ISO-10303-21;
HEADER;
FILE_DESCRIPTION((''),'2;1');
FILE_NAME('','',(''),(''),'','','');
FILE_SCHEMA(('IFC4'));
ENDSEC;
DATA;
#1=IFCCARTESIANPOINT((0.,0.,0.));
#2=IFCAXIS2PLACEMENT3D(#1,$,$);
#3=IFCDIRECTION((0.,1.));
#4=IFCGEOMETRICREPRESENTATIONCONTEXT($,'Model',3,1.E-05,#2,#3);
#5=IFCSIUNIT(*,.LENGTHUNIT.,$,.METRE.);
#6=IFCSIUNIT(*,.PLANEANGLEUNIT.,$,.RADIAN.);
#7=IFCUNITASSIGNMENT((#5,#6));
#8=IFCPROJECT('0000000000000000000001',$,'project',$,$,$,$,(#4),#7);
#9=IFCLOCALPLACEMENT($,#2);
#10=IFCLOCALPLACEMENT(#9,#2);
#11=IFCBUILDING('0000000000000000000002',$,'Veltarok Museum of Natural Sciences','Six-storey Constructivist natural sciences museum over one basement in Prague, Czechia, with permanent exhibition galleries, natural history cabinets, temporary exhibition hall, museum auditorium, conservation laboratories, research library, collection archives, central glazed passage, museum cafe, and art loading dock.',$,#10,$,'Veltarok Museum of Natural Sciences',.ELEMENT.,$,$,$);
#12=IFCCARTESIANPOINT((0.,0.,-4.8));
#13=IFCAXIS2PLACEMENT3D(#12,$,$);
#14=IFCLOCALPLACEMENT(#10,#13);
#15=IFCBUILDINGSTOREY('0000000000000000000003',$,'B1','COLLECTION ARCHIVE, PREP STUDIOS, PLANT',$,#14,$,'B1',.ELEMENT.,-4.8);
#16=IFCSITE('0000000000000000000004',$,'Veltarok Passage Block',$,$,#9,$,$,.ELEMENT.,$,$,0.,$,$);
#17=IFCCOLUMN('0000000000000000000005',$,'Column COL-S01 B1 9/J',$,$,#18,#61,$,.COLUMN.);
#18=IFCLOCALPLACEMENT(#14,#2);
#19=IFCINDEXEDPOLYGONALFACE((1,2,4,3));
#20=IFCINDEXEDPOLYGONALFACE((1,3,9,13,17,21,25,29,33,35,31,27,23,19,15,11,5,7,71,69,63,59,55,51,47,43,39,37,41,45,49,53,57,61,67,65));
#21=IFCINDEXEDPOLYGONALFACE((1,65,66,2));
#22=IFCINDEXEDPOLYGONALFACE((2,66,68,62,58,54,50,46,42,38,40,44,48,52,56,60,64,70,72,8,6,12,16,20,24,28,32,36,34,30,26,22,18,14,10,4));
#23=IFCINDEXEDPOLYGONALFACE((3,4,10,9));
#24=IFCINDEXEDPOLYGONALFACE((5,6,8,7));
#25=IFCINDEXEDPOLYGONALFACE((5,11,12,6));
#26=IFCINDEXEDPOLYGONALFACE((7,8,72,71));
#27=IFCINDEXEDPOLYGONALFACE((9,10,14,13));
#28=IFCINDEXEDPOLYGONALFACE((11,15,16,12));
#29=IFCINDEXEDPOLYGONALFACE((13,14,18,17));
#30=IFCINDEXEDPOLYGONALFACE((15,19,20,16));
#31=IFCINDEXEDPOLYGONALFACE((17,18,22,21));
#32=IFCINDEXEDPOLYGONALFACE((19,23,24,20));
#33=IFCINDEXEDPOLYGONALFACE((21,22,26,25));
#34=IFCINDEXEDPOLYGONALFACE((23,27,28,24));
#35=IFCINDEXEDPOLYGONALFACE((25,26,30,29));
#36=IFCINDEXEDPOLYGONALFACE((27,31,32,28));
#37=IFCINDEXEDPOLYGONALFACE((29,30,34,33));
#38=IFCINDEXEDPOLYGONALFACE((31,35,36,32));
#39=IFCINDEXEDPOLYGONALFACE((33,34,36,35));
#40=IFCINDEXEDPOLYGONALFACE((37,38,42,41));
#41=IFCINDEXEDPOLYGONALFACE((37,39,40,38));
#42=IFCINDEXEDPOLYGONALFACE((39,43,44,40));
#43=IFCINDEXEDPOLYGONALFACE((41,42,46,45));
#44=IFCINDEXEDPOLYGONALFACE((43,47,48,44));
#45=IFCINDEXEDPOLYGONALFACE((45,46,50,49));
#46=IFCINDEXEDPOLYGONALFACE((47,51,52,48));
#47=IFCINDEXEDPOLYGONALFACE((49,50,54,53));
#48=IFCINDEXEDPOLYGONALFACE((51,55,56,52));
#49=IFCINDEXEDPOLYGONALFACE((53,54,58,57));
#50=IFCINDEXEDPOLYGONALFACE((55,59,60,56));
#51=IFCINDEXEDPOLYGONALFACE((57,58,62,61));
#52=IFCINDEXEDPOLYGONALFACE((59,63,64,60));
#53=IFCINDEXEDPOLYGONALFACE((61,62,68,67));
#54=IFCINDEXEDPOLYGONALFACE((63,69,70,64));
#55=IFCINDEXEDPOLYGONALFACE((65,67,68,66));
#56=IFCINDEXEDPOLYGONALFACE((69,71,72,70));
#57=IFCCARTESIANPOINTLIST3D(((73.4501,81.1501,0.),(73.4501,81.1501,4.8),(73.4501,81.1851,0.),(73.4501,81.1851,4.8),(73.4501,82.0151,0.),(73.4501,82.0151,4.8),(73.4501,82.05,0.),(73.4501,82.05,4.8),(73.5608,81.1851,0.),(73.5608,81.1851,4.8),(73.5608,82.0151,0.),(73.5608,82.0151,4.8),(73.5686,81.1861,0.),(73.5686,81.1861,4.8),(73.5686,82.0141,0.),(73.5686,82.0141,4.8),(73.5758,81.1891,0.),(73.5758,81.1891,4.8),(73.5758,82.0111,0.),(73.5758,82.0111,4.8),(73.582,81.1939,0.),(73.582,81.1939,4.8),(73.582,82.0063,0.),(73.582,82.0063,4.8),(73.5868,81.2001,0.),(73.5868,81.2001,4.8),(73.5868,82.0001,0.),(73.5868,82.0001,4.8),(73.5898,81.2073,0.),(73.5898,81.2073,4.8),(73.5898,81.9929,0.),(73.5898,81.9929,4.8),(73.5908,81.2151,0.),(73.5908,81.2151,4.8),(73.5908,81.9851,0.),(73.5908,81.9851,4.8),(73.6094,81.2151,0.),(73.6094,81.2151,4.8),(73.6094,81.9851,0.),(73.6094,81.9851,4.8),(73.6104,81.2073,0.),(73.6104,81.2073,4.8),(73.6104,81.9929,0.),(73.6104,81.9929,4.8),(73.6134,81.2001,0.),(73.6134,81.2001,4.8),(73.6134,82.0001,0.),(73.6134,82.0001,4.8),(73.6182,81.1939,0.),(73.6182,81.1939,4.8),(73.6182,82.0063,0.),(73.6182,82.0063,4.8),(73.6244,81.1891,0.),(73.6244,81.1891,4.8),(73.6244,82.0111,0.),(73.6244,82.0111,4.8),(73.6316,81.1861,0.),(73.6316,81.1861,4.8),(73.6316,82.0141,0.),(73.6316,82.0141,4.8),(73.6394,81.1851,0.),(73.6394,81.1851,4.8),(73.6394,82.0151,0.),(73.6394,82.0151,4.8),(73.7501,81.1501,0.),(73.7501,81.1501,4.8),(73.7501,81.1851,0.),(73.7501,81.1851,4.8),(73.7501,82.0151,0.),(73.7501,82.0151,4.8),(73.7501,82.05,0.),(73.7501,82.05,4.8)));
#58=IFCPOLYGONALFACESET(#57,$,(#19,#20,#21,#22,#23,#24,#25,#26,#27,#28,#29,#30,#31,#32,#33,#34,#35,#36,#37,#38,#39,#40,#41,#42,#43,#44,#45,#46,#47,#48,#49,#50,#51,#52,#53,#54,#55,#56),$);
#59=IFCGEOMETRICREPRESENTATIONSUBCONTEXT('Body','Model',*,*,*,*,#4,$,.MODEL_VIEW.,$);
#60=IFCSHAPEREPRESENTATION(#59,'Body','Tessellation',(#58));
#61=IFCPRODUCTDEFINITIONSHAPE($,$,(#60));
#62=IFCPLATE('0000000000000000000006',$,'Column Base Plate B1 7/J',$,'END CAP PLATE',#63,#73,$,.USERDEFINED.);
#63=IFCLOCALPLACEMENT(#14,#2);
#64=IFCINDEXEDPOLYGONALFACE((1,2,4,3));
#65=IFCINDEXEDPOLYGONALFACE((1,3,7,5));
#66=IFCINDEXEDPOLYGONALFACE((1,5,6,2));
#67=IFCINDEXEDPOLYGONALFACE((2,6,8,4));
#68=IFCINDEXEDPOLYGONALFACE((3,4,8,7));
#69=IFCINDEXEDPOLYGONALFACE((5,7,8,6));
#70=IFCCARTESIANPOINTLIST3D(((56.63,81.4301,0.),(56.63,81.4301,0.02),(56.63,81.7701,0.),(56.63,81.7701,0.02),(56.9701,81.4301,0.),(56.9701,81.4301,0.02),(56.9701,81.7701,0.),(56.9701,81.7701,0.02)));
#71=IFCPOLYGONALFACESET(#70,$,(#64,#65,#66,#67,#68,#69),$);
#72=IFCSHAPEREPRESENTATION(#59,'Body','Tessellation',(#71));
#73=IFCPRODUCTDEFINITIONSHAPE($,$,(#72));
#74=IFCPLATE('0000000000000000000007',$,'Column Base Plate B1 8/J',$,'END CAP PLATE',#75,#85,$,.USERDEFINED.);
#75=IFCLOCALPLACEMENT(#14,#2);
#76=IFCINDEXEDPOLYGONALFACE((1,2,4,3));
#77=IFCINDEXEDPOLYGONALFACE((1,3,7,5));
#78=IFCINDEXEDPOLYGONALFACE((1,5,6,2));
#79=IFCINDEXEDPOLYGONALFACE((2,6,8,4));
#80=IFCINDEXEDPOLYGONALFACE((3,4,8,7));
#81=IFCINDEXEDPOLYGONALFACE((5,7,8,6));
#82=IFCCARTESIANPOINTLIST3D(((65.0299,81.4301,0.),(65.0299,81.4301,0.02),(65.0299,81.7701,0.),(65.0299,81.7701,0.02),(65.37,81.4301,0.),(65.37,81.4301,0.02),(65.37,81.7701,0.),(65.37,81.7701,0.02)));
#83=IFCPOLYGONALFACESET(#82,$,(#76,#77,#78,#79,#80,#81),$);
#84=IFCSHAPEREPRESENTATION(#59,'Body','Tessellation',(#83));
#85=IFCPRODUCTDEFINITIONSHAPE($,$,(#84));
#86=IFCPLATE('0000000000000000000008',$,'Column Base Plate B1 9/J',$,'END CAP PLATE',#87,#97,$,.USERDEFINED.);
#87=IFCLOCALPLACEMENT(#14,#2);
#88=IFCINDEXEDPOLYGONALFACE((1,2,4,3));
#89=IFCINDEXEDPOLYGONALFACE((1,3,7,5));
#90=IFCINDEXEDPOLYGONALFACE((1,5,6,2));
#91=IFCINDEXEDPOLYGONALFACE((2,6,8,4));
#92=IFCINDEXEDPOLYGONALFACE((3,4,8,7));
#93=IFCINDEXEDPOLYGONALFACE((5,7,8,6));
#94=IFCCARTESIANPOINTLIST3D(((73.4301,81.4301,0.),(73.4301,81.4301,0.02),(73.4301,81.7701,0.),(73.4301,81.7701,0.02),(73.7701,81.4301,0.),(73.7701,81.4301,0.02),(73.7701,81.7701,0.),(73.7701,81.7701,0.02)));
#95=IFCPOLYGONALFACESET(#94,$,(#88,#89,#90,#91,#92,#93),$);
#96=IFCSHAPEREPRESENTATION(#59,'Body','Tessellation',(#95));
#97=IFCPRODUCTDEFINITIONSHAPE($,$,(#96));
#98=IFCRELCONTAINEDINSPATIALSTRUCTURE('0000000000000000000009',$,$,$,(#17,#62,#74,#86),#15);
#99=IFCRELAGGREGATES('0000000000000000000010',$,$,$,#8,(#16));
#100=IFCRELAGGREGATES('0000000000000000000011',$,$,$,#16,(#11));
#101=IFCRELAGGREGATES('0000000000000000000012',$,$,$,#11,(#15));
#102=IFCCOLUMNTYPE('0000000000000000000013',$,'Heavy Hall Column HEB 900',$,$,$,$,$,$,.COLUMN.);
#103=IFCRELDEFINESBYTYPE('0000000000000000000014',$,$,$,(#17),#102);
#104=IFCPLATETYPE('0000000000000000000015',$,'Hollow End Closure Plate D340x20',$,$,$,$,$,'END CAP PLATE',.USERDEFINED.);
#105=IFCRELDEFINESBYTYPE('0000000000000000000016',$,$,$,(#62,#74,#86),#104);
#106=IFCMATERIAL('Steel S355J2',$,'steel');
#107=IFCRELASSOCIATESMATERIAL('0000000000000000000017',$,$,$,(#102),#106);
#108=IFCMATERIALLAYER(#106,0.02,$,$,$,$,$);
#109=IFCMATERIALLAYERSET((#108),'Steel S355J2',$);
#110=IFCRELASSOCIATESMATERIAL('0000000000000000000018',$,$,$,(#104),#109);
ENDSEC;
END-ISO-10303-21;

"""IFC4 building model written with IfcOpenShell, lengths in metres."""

from ifc_helpers import new_model, si_unit, direction, frame, origin, origin_2d, place, context, subcontext, project, spatial, rectangle, i_section, extrude, material, layer, layer_set, material_profile, profile_set, type_object, element, save


model = new_model("IFC4")

# Units and contexts
model_context = context("Model", 3, precision=1e-05, world=origin(), true_north=direction((0.0, 1.0)))
body_context = subcontext(model_context, "Body", "Model", "MODEL_VIEW")
ifc_project = project(units=[si_unit("LENGTHUNIT", "METRE"), si_unit("PLANEANGLEUNIT", "RADIAN")], contexts=[model_context])

# Site, building, storey
site_placement = place(None, origin())
site = spatial("IfcSite", under=ifc_project, at=site_placement, Name="Veltarok Passage Block", CompositionType="ELEMENT", RefElevation=0.0)
building_placement = place(site_placement, origin())
building = spatial("IfcBuilding", under=site, at=building_placement, Name="Veltarok Museum of Natural Sciences", Description="Six-storey Constructivist natural sciences museum over one basement in Prague, Czechia, with permanent exhibition galleries, natural history cabinets, temporary exhibition hall, museum auditorium, conservation laboratories, research library, collection archives, central glazed passage, museum cafe, and art loading dock.", LongName="Veltarok Museum of Natural Sciences", CompositionType="ELEMENT")
storey_placement = place(building_placement, frame((0.0, 0.0, -4.8)))
storey = spatial("IfcBuildingStorey", under=building, at=storey_placement, Name="B1", Description="COLLECTION ARCHIVE, PREP STUDIOS, PLANT", LongName="B1", CompositionType="ELEMENT", Elevation=-4.8)

# Column
ifc_material_1 = material(Name="Steel S355J2", Category="steel")
ifc_material_profile_1 = material_profile(ifc_material_1, i_section(OverallWidth=0.3, OverallDepth=0.8999, WebThickness=0.0186, FlangeThickness=0.0349, FilletRadius=0.03, at=origin_2d()), Name="HEB 900")
ifc_profile_set_1 = profile_set([ifc_material_profile_1], Name="Steel S355J2")
column_type = type_object("IfcColumnType", Name="Heavy Hall Column HEB 900", PredefinedType="COLUMN", material=ifc_profile_set_1)
for number, where, z_axis, x_axis, name in (
    (1, (73.6001, 81.6001, 0.0), (0.0, 0.0, 1.0), (1.0, 0.0, 0.0), "Column COL-S01 B1 9/J"),
):
    element("IfcColumn", number, at=place(storey_placement, frame(where, z_axis=z_axis, x_axis=x_axis)), inside=storey, type_object=column_type, Name=name, PredefinedType="COLUMN", context=body_context, shape_type="SweptSolid", body=[
        extrude(i_section(OverallWidth=0.3, OverallDepth=0.8999, WebThickness=0.0186, FlangeThickness=0.0349, FilletRadius=0.03, at=origin_2d()), origin(), (0.0, 0.0, 1.0), 4.8),
    ])

# Plates
ifc_layer = layer(ifc_material_1, 0.02)
ifc_layer_set = layer_set([ifc_layer], Name="Steel S355J2")
plate_type = type_object("IfcPlateType", Name="Hollow End Closure Plate D340x20", ElementType="END CAP PLATE", PredefinedType="USERDEFINED", material=ifc_layer_set)
for number, where, z_axis, x_axis, name in (
    (2, (56.8, 81.6001, 0.0), (0.0, 0.0, 1.0), (1.0, 0.0, 0.0), "Column Base Plate B1 7/J"),
    (3, (65.2, 81.6001, 0.0), (0.0, 0.0, 1.0), (1.0, 0.0, 0.0), "Column Base Plate B1 8/J"),
    (4, (73.6001, 81.6001, 0.0), (0.0, 0.0, 1.0), (1.0, 0.0, 0.0), "Column Base Plate B1 9/J"),
):
    element("IfcPlate", number, at=place(storey_placement, frame(where, z_axis=z_axis, x_axis=x_axis)), inside=storey, type_object=plate_type, Name=name, ObjectType="END CAP PLATE", PredefinedType="USERDEFINED", context=body_context, shape_type="SweptSolid", body=[
        extrude(rectangle(XDim=0.3401, YDim=0.3401, at=origin_2d()), origin(), (0.0, 0.0, 1.0), 0.02),
    ])

save(model, "model.ifc")
